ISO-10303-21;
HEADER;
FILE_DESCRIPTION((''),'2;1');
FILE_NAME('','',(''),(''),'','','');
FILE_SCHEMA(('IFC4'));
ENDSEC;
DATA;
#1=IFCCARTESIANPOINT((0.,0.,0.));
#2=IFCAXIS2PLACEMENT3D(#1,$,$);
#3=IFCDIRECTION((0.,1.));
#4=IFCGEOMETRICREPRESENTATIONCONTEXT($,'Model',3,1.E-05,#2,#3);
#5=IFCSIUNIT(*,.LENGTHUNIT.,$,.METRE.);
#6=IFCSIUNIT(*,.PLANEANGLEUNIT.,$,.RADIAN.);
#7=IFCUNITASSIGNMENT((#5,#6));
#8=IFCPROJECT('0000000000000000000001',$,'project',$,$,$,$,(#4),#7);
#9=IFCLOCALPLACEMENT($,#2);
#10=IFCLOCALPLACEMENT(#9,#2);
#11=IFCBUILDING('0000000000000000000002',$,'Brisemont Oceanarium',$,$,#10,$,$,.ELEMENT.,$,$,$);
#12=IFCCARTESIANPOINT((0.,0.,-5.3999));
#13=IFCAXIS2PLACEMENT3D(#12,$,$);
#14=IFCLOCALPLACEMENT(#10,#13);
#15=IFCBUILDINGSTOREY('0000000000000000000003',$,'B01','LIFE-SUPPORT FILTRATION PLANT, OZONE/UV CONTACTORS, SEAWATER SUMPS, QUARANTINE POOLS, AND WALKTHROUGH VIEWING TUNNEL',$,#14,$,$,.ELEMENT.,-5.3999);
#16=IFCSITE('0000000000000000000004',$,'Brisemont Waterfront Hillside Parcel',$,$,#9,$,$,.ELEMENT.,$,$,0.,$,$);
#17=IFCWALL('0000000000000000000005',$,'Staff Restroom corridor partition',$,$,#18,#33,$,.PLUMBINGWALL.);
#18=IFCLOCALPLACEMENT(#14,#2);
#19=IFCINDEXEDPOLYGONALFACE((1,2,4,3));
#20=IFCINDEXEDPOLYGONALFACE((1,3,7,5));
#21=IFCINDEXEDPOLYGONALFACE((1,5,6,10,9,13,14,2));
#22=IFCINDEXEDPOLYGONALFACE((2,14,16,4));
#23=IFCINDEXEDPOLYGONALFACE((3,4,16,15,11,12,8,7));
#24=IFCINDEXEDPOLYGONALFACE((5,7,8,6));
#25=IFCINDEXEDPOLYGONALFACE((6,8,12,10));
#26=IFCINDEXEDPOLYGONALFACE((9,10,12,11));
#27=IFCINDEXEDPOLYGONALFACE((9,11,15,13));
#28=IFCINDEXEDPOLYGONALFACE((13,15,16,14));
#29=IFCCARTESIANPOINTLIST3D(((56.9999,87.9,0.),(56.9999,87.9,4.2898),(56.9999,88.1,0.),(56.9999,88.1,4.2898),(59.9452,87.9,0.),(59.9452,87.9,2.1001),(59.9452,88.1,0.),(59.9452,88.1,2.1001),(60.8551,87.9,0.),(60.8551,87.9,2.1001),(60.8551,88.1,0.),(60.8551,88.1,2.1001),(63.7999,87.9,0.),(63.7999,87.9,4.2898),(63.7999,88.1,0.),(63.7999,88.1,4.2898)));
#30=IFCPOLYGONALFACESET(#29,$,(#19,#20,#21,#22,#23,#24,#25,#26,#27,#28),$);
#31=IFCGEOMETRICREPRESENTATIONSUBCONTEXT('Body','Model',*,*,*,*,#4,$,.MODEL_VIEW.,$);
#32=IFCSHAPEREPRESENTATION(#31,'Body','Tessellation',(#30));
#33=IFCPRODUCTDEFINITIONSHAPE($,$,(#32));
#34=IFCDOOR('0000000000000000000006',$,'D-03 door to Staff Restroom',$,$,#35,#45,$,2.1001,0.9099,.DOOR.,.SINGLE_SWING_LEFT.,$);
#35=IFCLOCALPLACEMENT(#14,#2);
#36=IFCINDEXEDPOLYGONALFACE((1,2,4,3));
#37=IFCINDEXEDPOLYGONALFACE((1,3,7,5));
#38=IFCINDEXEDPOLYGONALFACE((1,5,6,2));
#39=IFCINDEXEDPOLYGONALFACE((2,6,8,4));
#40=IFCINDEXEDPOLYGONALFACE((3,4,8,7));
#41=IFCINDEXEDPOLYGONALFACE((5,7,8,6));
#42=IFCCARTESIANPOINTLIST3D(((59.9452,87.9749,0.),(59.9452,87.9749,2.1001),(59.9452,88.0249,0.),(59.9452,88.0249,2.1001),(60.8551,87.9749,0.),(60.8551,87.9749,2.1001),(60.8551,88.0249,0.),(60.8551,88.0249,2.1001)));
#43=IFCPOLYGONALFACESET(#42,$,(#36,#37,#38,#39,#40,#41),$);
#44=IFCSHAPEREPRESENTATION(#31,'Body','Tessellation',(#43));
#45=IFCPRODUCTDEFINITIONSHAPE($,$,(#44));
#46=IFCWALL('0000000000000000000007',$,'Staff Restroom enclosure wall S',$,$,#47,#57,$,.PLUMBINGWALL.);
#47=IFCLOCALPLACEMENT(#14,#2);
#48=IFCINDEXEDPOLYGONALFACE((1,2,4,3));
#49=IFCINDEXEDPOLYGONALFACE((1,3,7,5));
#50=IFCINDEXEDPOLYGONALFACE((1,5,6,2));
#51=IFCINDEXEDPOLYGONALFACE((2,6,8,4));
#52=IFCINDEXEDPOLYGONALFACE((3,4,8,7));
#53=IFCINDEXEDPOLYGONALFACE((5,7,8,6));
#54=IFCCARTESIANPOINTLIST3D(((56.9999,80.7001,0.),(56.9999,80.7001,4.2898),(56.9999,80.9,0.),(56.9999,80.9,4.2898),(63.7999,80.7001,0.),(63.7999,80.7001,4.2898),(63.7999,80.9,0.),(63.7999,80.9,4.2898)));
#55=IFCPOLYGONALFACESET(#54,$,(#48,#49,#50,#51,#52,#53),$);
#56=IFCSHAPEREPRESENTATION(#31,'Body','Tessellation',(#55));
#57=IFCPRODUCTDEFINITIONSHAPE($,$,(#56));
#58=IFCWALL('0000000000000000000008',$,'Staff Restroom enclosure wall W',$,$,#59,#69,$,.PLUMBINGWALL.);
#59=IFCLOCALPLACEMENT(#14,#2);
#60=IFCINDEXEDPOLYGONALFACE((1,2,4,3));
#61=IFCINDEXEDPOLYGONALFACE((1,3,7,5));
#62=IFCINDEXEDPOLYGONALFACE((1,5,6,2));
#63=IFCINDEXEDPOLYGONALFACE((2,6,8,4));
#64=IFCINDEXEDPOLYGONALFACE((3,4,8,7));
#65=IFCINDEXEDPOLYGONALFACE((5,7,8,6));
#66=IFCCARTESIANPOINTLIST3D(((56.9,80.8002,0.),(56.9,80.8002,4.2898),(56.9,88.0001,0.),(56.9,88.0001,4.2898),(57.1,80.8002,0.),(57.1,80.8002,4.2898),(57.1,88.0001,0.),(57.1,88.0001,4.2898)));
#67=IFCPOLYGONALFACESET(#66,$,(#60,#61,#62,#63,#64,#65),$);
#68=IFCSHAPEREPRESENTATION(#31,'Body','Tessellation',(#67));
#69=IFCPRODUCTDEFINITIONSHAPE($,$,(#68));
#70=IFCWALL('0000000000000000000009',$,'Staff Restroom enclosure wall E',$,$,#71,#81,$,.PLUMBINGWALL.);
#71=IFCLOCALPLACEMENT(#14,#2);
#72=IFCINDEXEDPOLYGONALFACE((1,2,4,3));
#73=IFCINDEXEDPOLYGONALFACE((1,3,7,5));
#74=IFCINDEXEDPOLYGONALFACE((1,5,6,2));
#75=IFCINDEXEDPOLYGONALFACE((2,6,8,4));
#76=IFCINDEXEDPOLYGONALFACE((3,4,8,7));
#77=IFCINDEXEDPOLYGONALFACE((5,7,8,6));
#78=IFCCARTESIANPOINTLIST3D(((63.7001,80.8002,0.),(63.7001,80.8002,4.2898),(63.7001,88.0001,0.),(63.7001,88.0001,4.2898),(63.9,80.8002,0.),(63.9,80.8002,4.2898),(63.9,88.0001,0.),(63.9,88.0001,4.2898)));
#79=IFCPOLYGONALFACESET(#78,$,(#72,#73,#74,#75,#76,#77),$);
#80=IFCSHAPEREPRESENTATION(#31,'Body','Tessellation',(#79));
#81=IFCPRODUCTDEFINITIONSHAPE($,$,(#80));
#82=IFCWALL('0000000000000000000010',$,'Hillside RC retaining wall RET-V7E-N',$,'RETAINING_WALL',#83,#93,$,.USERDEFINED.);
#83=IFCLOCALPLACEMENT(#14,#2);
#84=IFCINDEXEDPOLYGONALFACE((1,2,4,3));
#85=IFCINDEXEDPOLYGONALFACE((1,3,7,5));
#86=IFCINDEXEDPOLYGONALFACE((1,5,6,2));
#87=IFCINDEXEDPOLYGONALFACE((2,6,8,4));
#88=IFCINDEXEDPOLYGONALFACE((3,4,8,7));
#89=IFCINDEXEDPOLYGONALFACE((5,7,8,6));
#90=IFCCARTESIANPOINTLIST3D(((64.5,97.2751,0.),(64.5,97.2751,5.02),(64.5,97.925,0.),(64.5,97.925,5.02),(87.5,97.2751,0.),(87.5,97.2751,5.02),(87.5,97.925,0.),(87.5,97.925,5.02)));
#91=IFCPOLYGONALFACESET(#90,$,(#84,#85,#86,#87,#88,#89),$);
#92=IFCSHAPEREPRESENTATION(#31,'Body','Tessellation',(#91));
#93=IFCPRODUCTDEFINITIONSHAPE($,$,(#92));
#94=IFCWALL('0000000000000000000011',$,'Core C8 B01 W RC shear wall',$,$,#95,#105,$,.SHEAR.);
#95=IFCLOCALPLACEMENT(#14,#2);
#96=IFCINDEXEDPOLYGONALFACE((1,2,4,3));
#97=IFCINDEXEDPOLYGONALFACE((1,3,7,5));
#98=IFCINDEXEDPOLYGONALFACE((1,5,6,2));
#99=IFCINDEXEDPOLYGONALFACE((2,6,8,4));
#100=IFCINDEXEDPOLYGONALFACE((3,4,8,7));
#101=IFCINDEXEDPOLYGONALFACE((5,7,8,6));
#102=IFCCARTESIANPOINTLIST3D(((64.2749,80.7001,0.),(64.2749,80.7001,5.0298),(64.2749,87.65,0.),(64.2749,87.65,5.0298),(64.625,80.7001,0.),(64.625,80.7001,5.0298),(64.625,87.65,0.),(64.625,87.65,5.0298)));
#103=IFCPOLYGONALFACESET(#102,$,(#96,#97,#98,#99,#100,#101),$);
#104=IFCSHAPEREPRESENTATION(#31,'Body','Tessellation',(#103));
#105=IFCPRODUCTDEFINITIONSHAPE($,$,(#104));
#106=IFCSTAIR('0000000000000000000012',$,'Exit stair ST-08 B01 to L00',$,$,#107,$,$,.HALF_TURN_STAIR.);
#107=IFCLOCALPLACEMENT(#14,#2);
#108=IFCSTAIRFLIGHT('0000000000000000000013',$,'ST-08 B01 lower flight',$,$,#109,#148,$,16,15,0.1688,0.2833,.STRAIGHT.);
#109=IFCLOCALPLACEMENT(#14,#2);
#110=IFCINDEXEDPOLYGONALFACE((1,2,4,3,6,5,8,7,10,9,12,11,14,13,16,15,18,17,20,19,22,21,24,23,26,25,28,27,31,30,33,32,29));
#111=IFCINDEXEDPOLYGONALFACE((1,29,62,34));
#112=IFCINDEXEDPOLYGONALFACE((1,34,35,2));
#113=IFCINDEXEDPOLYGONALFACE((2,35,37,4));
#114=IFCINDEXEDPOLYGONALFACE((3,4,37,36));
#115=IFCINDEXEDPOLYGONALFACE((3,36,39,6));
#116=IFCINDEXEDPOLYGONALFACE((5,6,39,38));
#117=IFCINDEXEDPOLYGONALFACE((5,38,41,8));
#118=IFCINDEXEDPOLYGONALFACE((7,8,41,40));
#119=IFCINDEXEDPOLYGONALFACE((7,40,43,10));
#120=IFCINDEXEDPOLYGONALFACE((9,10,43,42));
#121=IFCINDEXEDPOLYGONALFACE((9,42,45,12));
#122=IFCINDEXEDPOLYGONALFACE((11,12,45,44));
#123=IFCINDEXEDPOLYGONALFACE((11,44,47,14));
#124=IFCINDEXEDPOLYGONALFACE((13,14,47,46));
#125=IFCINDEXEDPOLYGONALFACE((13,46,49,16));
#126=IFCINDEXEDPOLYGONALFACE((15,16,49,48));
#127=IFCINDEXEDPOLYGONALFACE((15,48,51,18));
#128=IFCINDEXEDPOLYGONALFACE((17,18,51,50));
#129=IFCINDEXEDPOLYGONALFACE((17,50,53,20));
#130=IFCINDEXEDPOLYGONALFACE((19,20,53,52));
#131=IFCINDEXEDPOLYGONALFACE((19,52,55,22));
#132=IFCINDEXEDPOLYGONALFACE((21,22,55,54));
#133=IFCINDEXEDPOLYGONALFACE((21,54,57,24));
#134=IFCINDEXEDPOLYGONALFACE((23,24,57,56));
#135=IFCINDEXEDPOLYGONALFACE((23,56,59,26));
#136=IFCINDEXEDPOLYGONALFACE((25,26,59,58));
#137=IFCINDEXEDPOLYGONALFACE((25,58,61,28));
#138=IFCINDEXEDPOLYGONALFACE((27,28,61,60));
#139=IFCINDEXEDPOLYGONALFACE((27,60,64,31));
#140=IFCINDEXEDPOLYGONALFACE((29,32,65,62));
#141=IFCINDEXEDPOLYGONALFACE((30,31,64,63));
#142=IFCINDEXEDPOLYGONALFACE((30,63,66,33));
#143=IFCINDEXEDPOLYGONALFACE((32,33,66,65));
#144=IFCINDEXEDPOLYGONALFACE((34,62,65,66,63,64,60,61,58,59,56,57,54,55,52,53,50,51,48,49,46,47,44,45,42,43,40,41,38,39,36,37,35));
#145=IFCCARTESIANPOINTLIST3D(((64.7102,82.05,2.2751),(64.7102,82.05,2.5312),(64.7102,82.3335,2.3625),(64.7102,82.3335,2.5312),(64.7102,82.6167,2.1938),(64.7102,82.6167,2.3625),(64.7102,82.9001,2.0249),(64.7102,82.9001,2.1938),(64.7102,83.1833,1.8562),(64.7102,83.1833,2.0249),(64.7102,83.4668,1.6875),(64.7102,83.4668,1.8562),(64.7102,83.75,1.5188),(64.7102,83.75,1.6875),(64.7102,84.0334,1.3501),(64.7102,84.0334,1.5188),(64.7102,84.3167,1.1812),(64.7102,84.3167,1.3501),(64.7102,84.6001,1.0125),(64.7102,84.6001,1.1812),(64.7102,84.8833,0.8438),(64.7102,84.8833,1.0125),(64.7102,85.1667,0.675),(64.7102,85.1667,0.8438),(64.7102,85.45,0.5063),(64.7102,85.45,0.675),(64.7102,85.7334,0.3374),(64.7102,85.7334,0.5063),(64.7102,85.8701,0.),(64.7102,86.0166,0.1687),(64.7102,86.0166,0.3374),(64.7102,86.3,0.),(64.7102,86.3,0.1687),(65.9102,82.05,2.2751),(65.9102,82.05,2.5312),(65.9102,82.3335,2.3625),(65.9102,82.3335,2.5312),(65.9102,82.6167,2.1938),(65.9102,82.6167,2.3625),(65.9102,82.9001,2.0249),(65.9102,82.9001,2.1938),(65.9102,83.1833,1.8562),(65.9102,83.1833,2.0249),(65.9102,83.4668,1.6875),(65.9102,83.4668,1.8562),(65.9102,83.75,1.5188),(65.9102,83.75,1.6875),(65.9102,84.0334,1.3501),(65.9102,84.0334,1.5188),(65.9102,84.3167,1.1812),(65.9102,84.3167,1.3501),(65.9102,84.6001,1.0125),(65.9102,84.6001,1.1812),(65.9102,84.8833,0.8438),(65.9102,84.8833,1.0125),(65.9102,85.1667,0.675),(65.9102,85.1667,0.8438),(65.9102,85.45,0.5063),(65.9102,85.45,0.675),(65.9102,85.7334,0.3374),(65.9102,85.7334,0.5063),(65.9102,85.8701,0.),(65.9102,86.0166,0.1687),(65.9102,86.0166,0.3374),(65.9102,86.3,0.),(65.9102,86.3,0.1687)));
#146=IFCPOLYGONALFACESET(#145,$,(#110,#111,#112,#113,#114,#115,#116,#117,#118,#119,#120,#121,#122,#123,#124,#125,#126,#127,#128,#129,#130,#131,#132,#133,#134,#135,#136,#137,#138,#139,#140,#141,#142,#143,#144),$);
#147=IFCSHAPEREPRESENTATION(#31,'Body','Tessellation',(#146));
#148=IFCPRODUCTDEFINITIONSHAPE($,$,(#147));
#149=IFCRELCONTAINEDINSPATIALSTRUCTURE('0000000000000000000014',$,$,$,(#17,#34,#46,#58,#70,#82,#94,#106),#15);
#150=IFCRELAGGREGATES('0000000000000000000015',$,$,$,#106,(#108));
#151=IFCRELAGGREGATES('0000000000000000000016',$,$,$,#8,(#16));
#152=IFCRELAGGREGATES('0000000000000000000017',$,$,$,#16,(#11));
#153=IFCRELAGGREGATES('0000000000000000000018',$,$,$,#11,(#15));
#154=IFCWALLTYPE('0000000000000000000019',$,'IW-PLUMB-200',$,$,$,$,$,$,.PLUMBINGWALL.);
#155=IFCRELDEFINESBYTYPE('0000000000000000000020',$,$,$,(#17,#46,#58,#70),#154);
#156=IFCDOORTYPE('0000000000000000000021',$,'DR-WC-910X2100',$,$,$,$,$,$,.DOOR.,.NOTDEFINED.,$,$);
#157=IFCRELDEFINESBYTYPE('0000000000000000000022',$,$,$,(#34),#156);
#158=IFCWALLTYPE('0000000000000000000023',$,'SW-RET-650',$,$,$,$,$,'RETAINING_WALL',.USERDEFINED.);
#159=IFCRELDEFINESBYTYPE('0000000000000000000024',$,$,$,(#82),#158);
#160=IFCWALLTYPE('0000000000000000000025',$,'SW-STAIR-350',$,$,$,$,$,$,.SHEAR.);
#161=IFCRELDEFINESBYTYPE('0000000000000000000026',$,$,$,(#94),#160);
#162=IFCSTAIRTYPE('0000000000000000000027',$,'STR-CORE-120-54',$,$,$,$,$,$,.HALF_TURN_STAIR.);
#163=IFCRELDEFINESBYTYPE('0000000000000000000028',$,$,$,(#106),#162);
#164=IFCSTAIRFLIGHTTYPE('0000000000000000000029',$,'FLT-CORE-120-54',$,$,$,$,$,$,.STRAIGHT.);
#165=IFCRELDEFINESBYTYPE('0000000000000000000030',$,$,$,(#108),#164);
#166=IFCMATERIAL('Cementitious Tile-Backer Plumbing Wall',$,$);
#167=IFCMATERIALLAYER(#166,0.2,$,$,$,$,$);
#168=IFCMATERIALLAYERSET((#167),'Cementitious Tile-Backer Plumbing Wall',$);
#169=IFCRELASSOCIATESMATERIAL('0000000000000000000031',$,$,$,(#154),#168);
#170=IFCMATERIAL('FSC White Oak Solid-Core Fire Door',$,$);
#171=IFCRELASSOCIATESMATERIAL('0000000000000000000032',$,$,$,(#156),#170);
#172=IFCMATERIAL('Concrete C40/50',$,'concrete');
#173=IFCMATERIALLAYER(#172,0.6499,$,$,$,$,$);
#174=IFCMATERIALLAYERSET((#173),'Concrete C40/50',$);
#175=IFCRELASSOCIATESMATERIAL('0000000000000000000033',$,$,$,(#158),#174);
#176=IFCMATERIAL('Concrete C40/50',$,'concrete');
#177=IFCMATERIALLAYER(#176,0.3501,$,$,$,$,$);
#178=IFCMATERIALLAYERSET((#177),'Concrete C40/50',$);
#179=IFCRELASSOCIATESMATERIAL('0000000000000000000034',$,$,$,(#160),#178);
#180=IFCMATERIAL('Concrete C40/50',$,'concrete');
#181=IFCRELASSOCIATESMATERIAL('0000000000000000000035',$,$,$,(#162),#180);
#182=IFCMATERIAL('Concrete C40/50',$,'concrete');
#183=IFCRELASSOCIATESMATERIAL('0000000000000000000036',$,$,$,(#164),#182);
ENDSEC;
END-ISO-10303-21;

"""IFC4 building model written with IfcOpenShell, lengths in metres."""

from ifc_helpers import new_model, si_unit, direction, frame, frame_2d, origin, place, context, subcontext, project, spatial, polyline, rectangle, outline, extrude, material, layer, layer_set, type_object, element, fill, aggregate, save


model = new_model("IFC4")

# Units and contexts
model_context = context("Model", 3, precision=1e-05, world=origin(), true_north=direction((0.0, 1.0)))
body_context = subcontext(model_context, "Body", "Model", "MODEL_VIEW")
ifc_project = project(units=[si_unit("LENGTHUNIT", "METRE"), si_unit("PLANEANGLEUNIT", "RADIAN")], contexts=[model_context])

# Site, building, storey
site_placement = place(None, origin())
site = spatial("IfcSite", under=ifc_project, at=site_placement, Name="Brisemont Waterfront Hillside Parcel", CompositionType="ELEMENT", RefElevation=0.0)
building_placement = place(site_placement, origin())
building = spatial("IfcBuilding", under=site, at=building_placement, Name="Brisemont Oceanarium", CompositionType="ELEMENT")
storey_placement = place(building_placement, frame((0.0, 0.0, -5.3999)))
storey = spatial("IfcBuildingStorey", under=building, at=storey_placement, Name="B01", Description="LIFE-SUPPORT FILTRATION PLANT, OZONE/UV CONTACTORS, SEAWATER SUMPS, QUARANTINE POOLS, AND WALKTHROUGH VIEWING TUNNEL", CompositionType="ELEMENT", Elevation=-5.3999)

# Wall, opening, door
ifc_material_1 = material(Name="Cementitious Tile-Backer Plumbing Wall")
ifc_layer_1 = layer(ifc_material_1, 0.2)
ifc_layer_set_1 = layer_set([ifc_layer_1], Name="Cementitious Tile-Backer Plumbing Wall")
wall_type_1 = type_object("IfcWallType", Name="IW-PLUMB-200", PredefinedType="PLUMBINGWALL", material=ifc_layer_set_1)
wall_1_placement = place(storey_placement, frame((57.0, 88.0, 0.0), z_axis=(0.0, 0.0, 1.0), x_axis=(1.0, 0.0, 0.0)))
wall_1 = element("IfcWall", 1, at=wall_1_placement, inside=storey, type_object=wall_type_1, Name="Staff Restroom corridor partition", PredefinedType="PLUMBINGWALL", context=body_context, shape_type="SweptSolid", body=[
    extrude(rectangle(XDim=6.8, YDim=0.2, at=frame_2d((3.3999, 0.0))), origin(), (0.0, 0.0, 1.0), 4.2898),
])
opening_1_placement = place(wall_1_placement, frame((2.9451, 0.0, 0.0)))
opening_1 = element("IfcOpeningElement", 2, at=opening_1_placement, cuts=wall_1, PredefinedType="OPENING", context=body_context, shape_type="SweptSolid", body=[
    extrude(rectangle(XDim=0.9099, YDim=2.1001, at=frame_2d((0.4551, 1.05))), frame((0.0, 0.1099, 0.0), z_axis=(0.0, -1.0, 0.0), x_axis=(1.0, 0.0, 0.0)), (0.0, 0.0, 1.0), 0.22),
])
ifc_material_2 = material(Name="FSC White Oak Solid-Core Fire Door")
door_type_1 = type_object("IfcDoorType", Name="DR-WC-910X2100", OperationType="NOTDEFINED", PredefinedType="DOOR", material=ifc_material_2)
door_1_placement = place(opening_1_placement, origin())
door_1 = element("IfcDoor", 3, at=door_1_placement, inside=storey, type_object=door_type_1, Name="D-03 door to Staff Restroom", OperationType="SINGLE_SWING_LEFT", OverallHeight=2.1001, OverallWidth=0.9099, PredefinedType="DOOR", context=body_context, shape_type="SweptSolid", body=[
    extrude(rectangle(XDim=0.9099, YDim=2.1001, at=frame_2d((0.4551, 1.05))), frame((0.0, 0.0249, 0.0), z_axis=(0.0, -1.0, 0.0), x_axis=(1.0, 0.0, 0.0)), (0.0, 0.0, 1.0), 0.05),
])
fill(opening_1, door_1)

# Walls
wall_2_placement = place(storey_placement, frame((57.0, 80.8, 0.0), z_axis=(0.0, 0.0, 1.0), x_axis=(1.0, 0.0, 0.0)))
element("IfcWall", 4, at=wall_2_placement, inside=storey, type_object=wall_type_1, Name="Staff Restroom enclosure wall S", PredefinedType="PLUMBINGWALL", context=body_context, shape_type="SweptSolid", body=[
    extrude(rectangle(XDim=6.8, YDim=0.2, at=frame_2d((3.3999, 0.0))), origin(), (0.0, 0.0, 1.0), 4.2898),
])
for number, where, z_axis, x_axis, name in (
    (5, (57.0, 80.8, 0.0), (0.0, 0.0, 1.0), (0.0, 1.0, 0.0), "Staff Restroom enclosure wall W"),
    (6, (63.8, 80.8, 0.0), (0.0, 0.0, 1.0), (0.0, 1.0, 0.0), "Staff Restroom enclosure wall E"),
):
    element("IfcWall", number, at=place(storey_placement, frame(where, z_axis=z_axis, x_axis=x_axis)), inside=storey, type_object=wall_type_1, Name=name, PredefinedType="PLUMBINGWALL", context=body_context, shape_type="SweptSolid", body=[
        extrude(rectangle(XDim=7.2, YDim=0.2, at=frame_2d((3.6001, 0.0))), origin(), (0.0, 0.0, 1.0), 4.2898),
    ])
ifc_material_3 = material(Name="Concrete C40/50", Category="concrete")
ifc_layer_2 = layer(ifc_material_3, 0.6499)
ifc_layer_set_2 = layer_set([ifc_layer_2], Name="Concrete C40/50")
wall_type_2 = type_object("IfcWallType", Name="SW-RET-650", ElementType="RETAINING_WALL", PredefinedType="USERDEFINED", material=ifc_layer_set_2)
wall_3_placement = place(storey_placement, frame((64.5, 97.6001, 0.0), z_axis=(0.0, 0.0, 1.0), x_axis=(1.0, 0.0, 0.0)))
element("IfcWall", 7, at=wall_3_placement, inside=storey, type_object=wall_type_2, Name="Hillside RC retaining wall RET-V7E-N", ObjectType="RETAINING_WALL", PredefinedType="USERDEFINED", context=body_context, shape_type="SweptSolid", body=[
    extrude(rectangle(XDim=23.0, YDim=0.6499, at=frame_2d((11.5, 0.0))), origin(), (0.0, 0.0, 1.0), 5.02),
])

# Shared definitions
ifc_material_4 = material(Name="Concrete C40/50", Category="concrete")
ifc_layer_3 = layer(ifc_material_4, 0.3501)
ifc_layer_set_3 = layer_set([ifc_layer_3], Name="Concrete C40/50")
wall_type_3 = type_object("IfcWallType", Name="SW-STAIR-350", PredefinedType="SHEAR", material=ifc_layer_set_3)

# Wall
wall_4_placement = place(storey_placement, frame((64.45, 80.7, 0.0), z_axis=(0.0, 0.0, 1.0), x_axis=(0.0, 1.0, 0.0)))
element("IfcWall", 8, at=wall_4_placement, inside=storey, type_object=wall_type_3, Name="Core C8 B01 W RC shear wall", PredefinedType="SHEAR", context=body_context, shape_type="SweptSolid", body=[
    extrude(rectangle(XDim=6.95, YDim=0.3501, at=frame_2d((3.4751, 0.0))), origin(), (0.0, 0.0, 1.0), 5.0298),
])

# Stair, stair flight
ifc_material_5 = material(Name="Concrete C40/50", Category="concrete")
stair_type = type_object("IfcStairType", Name="STR-CORE-120-54", PredefinedType="HALF_TURN_STAIR", material=ifc_material_5)
stair_placement = place(storey_placement, origin())
stair = element("IfcStair", 9, at=stair_placement, inside=storey, type_object=stair_type, Name="Exit stair ST-08 B01 to L00", PredefinedType="HALF_TURN_STAIR")
ifc_material_6 = material(Name="Concrete C40/50", Category="concrete")
stair_flight_type = type_object("IfcStairFlightType", Name="FLT-CORE-120-54", PredefinedType="STRAIGHT", material=ifc_material_6)
stair_flight_placement = place(storey_placement, frame((65.3101, 86.3, 0.0), z_axis=(0.0, 0.0, 1.0), x_axis=(0.0, -1.0, 0.0)))
stair_flight = element("IfcStairFlight", 10, at=stair_flight_placement, type_object=stair_flight_type, Name="ST-08 B01 lower flight", NumberOfRisers=16, NumberOfTreads=15, PredefinedType="STRAIGHT", RiserHeight=0.1688, TreadLength=0.2833, context=body_context, shape_type="SweptSolid", body=[
    extrude(outline(polyline([(0.0, 0.0), (0.0, 0.1687), (0.2834, 0.1687), (0.2834, 0.3374), (0.5667, 0.3374), (0.5667, 0.5063), (0.8501, 0.5063), (0.8501, 0.675), (1.1333, 0.675), (1.1333, 0.8438), (1.4167, 0.8438), (1.4167, 1.0125), (1.7, 1.0125), (1.7, 1.1812), (1.9834, 1.1812), (1.9834, 1.3501), (2.2666, 1.3501), (2.2666, 1.5188), (2.55, 1.5188), (2.55, 1.6875), (2.8333, 1.6875), (2.8333, 1.8562), (3.1167, 1.8562), (3.1167, 2.0249), (3.3999, 2.0249), (3.3999, 2.1938), (3.6833, 2.1938), (3.6833, 2.3625), (3.9666, 2.3625), (3.9666, 2.5312), (4.25, 2.5312), (4.25, 2.7), (4.25, 2.2751), (0.4299, 0.0), (0.0, 0.0)])), frame((0.0, 0.6001, 0.0), z_axis=(0.0, -1.0, 0.0), x_axis=(1.0, 0.0, 0.0)), (0.0, 0.0, 1.0), 1.2),
])
aggregate(stair, [stair_flight])

save(model, "model.ifc")
